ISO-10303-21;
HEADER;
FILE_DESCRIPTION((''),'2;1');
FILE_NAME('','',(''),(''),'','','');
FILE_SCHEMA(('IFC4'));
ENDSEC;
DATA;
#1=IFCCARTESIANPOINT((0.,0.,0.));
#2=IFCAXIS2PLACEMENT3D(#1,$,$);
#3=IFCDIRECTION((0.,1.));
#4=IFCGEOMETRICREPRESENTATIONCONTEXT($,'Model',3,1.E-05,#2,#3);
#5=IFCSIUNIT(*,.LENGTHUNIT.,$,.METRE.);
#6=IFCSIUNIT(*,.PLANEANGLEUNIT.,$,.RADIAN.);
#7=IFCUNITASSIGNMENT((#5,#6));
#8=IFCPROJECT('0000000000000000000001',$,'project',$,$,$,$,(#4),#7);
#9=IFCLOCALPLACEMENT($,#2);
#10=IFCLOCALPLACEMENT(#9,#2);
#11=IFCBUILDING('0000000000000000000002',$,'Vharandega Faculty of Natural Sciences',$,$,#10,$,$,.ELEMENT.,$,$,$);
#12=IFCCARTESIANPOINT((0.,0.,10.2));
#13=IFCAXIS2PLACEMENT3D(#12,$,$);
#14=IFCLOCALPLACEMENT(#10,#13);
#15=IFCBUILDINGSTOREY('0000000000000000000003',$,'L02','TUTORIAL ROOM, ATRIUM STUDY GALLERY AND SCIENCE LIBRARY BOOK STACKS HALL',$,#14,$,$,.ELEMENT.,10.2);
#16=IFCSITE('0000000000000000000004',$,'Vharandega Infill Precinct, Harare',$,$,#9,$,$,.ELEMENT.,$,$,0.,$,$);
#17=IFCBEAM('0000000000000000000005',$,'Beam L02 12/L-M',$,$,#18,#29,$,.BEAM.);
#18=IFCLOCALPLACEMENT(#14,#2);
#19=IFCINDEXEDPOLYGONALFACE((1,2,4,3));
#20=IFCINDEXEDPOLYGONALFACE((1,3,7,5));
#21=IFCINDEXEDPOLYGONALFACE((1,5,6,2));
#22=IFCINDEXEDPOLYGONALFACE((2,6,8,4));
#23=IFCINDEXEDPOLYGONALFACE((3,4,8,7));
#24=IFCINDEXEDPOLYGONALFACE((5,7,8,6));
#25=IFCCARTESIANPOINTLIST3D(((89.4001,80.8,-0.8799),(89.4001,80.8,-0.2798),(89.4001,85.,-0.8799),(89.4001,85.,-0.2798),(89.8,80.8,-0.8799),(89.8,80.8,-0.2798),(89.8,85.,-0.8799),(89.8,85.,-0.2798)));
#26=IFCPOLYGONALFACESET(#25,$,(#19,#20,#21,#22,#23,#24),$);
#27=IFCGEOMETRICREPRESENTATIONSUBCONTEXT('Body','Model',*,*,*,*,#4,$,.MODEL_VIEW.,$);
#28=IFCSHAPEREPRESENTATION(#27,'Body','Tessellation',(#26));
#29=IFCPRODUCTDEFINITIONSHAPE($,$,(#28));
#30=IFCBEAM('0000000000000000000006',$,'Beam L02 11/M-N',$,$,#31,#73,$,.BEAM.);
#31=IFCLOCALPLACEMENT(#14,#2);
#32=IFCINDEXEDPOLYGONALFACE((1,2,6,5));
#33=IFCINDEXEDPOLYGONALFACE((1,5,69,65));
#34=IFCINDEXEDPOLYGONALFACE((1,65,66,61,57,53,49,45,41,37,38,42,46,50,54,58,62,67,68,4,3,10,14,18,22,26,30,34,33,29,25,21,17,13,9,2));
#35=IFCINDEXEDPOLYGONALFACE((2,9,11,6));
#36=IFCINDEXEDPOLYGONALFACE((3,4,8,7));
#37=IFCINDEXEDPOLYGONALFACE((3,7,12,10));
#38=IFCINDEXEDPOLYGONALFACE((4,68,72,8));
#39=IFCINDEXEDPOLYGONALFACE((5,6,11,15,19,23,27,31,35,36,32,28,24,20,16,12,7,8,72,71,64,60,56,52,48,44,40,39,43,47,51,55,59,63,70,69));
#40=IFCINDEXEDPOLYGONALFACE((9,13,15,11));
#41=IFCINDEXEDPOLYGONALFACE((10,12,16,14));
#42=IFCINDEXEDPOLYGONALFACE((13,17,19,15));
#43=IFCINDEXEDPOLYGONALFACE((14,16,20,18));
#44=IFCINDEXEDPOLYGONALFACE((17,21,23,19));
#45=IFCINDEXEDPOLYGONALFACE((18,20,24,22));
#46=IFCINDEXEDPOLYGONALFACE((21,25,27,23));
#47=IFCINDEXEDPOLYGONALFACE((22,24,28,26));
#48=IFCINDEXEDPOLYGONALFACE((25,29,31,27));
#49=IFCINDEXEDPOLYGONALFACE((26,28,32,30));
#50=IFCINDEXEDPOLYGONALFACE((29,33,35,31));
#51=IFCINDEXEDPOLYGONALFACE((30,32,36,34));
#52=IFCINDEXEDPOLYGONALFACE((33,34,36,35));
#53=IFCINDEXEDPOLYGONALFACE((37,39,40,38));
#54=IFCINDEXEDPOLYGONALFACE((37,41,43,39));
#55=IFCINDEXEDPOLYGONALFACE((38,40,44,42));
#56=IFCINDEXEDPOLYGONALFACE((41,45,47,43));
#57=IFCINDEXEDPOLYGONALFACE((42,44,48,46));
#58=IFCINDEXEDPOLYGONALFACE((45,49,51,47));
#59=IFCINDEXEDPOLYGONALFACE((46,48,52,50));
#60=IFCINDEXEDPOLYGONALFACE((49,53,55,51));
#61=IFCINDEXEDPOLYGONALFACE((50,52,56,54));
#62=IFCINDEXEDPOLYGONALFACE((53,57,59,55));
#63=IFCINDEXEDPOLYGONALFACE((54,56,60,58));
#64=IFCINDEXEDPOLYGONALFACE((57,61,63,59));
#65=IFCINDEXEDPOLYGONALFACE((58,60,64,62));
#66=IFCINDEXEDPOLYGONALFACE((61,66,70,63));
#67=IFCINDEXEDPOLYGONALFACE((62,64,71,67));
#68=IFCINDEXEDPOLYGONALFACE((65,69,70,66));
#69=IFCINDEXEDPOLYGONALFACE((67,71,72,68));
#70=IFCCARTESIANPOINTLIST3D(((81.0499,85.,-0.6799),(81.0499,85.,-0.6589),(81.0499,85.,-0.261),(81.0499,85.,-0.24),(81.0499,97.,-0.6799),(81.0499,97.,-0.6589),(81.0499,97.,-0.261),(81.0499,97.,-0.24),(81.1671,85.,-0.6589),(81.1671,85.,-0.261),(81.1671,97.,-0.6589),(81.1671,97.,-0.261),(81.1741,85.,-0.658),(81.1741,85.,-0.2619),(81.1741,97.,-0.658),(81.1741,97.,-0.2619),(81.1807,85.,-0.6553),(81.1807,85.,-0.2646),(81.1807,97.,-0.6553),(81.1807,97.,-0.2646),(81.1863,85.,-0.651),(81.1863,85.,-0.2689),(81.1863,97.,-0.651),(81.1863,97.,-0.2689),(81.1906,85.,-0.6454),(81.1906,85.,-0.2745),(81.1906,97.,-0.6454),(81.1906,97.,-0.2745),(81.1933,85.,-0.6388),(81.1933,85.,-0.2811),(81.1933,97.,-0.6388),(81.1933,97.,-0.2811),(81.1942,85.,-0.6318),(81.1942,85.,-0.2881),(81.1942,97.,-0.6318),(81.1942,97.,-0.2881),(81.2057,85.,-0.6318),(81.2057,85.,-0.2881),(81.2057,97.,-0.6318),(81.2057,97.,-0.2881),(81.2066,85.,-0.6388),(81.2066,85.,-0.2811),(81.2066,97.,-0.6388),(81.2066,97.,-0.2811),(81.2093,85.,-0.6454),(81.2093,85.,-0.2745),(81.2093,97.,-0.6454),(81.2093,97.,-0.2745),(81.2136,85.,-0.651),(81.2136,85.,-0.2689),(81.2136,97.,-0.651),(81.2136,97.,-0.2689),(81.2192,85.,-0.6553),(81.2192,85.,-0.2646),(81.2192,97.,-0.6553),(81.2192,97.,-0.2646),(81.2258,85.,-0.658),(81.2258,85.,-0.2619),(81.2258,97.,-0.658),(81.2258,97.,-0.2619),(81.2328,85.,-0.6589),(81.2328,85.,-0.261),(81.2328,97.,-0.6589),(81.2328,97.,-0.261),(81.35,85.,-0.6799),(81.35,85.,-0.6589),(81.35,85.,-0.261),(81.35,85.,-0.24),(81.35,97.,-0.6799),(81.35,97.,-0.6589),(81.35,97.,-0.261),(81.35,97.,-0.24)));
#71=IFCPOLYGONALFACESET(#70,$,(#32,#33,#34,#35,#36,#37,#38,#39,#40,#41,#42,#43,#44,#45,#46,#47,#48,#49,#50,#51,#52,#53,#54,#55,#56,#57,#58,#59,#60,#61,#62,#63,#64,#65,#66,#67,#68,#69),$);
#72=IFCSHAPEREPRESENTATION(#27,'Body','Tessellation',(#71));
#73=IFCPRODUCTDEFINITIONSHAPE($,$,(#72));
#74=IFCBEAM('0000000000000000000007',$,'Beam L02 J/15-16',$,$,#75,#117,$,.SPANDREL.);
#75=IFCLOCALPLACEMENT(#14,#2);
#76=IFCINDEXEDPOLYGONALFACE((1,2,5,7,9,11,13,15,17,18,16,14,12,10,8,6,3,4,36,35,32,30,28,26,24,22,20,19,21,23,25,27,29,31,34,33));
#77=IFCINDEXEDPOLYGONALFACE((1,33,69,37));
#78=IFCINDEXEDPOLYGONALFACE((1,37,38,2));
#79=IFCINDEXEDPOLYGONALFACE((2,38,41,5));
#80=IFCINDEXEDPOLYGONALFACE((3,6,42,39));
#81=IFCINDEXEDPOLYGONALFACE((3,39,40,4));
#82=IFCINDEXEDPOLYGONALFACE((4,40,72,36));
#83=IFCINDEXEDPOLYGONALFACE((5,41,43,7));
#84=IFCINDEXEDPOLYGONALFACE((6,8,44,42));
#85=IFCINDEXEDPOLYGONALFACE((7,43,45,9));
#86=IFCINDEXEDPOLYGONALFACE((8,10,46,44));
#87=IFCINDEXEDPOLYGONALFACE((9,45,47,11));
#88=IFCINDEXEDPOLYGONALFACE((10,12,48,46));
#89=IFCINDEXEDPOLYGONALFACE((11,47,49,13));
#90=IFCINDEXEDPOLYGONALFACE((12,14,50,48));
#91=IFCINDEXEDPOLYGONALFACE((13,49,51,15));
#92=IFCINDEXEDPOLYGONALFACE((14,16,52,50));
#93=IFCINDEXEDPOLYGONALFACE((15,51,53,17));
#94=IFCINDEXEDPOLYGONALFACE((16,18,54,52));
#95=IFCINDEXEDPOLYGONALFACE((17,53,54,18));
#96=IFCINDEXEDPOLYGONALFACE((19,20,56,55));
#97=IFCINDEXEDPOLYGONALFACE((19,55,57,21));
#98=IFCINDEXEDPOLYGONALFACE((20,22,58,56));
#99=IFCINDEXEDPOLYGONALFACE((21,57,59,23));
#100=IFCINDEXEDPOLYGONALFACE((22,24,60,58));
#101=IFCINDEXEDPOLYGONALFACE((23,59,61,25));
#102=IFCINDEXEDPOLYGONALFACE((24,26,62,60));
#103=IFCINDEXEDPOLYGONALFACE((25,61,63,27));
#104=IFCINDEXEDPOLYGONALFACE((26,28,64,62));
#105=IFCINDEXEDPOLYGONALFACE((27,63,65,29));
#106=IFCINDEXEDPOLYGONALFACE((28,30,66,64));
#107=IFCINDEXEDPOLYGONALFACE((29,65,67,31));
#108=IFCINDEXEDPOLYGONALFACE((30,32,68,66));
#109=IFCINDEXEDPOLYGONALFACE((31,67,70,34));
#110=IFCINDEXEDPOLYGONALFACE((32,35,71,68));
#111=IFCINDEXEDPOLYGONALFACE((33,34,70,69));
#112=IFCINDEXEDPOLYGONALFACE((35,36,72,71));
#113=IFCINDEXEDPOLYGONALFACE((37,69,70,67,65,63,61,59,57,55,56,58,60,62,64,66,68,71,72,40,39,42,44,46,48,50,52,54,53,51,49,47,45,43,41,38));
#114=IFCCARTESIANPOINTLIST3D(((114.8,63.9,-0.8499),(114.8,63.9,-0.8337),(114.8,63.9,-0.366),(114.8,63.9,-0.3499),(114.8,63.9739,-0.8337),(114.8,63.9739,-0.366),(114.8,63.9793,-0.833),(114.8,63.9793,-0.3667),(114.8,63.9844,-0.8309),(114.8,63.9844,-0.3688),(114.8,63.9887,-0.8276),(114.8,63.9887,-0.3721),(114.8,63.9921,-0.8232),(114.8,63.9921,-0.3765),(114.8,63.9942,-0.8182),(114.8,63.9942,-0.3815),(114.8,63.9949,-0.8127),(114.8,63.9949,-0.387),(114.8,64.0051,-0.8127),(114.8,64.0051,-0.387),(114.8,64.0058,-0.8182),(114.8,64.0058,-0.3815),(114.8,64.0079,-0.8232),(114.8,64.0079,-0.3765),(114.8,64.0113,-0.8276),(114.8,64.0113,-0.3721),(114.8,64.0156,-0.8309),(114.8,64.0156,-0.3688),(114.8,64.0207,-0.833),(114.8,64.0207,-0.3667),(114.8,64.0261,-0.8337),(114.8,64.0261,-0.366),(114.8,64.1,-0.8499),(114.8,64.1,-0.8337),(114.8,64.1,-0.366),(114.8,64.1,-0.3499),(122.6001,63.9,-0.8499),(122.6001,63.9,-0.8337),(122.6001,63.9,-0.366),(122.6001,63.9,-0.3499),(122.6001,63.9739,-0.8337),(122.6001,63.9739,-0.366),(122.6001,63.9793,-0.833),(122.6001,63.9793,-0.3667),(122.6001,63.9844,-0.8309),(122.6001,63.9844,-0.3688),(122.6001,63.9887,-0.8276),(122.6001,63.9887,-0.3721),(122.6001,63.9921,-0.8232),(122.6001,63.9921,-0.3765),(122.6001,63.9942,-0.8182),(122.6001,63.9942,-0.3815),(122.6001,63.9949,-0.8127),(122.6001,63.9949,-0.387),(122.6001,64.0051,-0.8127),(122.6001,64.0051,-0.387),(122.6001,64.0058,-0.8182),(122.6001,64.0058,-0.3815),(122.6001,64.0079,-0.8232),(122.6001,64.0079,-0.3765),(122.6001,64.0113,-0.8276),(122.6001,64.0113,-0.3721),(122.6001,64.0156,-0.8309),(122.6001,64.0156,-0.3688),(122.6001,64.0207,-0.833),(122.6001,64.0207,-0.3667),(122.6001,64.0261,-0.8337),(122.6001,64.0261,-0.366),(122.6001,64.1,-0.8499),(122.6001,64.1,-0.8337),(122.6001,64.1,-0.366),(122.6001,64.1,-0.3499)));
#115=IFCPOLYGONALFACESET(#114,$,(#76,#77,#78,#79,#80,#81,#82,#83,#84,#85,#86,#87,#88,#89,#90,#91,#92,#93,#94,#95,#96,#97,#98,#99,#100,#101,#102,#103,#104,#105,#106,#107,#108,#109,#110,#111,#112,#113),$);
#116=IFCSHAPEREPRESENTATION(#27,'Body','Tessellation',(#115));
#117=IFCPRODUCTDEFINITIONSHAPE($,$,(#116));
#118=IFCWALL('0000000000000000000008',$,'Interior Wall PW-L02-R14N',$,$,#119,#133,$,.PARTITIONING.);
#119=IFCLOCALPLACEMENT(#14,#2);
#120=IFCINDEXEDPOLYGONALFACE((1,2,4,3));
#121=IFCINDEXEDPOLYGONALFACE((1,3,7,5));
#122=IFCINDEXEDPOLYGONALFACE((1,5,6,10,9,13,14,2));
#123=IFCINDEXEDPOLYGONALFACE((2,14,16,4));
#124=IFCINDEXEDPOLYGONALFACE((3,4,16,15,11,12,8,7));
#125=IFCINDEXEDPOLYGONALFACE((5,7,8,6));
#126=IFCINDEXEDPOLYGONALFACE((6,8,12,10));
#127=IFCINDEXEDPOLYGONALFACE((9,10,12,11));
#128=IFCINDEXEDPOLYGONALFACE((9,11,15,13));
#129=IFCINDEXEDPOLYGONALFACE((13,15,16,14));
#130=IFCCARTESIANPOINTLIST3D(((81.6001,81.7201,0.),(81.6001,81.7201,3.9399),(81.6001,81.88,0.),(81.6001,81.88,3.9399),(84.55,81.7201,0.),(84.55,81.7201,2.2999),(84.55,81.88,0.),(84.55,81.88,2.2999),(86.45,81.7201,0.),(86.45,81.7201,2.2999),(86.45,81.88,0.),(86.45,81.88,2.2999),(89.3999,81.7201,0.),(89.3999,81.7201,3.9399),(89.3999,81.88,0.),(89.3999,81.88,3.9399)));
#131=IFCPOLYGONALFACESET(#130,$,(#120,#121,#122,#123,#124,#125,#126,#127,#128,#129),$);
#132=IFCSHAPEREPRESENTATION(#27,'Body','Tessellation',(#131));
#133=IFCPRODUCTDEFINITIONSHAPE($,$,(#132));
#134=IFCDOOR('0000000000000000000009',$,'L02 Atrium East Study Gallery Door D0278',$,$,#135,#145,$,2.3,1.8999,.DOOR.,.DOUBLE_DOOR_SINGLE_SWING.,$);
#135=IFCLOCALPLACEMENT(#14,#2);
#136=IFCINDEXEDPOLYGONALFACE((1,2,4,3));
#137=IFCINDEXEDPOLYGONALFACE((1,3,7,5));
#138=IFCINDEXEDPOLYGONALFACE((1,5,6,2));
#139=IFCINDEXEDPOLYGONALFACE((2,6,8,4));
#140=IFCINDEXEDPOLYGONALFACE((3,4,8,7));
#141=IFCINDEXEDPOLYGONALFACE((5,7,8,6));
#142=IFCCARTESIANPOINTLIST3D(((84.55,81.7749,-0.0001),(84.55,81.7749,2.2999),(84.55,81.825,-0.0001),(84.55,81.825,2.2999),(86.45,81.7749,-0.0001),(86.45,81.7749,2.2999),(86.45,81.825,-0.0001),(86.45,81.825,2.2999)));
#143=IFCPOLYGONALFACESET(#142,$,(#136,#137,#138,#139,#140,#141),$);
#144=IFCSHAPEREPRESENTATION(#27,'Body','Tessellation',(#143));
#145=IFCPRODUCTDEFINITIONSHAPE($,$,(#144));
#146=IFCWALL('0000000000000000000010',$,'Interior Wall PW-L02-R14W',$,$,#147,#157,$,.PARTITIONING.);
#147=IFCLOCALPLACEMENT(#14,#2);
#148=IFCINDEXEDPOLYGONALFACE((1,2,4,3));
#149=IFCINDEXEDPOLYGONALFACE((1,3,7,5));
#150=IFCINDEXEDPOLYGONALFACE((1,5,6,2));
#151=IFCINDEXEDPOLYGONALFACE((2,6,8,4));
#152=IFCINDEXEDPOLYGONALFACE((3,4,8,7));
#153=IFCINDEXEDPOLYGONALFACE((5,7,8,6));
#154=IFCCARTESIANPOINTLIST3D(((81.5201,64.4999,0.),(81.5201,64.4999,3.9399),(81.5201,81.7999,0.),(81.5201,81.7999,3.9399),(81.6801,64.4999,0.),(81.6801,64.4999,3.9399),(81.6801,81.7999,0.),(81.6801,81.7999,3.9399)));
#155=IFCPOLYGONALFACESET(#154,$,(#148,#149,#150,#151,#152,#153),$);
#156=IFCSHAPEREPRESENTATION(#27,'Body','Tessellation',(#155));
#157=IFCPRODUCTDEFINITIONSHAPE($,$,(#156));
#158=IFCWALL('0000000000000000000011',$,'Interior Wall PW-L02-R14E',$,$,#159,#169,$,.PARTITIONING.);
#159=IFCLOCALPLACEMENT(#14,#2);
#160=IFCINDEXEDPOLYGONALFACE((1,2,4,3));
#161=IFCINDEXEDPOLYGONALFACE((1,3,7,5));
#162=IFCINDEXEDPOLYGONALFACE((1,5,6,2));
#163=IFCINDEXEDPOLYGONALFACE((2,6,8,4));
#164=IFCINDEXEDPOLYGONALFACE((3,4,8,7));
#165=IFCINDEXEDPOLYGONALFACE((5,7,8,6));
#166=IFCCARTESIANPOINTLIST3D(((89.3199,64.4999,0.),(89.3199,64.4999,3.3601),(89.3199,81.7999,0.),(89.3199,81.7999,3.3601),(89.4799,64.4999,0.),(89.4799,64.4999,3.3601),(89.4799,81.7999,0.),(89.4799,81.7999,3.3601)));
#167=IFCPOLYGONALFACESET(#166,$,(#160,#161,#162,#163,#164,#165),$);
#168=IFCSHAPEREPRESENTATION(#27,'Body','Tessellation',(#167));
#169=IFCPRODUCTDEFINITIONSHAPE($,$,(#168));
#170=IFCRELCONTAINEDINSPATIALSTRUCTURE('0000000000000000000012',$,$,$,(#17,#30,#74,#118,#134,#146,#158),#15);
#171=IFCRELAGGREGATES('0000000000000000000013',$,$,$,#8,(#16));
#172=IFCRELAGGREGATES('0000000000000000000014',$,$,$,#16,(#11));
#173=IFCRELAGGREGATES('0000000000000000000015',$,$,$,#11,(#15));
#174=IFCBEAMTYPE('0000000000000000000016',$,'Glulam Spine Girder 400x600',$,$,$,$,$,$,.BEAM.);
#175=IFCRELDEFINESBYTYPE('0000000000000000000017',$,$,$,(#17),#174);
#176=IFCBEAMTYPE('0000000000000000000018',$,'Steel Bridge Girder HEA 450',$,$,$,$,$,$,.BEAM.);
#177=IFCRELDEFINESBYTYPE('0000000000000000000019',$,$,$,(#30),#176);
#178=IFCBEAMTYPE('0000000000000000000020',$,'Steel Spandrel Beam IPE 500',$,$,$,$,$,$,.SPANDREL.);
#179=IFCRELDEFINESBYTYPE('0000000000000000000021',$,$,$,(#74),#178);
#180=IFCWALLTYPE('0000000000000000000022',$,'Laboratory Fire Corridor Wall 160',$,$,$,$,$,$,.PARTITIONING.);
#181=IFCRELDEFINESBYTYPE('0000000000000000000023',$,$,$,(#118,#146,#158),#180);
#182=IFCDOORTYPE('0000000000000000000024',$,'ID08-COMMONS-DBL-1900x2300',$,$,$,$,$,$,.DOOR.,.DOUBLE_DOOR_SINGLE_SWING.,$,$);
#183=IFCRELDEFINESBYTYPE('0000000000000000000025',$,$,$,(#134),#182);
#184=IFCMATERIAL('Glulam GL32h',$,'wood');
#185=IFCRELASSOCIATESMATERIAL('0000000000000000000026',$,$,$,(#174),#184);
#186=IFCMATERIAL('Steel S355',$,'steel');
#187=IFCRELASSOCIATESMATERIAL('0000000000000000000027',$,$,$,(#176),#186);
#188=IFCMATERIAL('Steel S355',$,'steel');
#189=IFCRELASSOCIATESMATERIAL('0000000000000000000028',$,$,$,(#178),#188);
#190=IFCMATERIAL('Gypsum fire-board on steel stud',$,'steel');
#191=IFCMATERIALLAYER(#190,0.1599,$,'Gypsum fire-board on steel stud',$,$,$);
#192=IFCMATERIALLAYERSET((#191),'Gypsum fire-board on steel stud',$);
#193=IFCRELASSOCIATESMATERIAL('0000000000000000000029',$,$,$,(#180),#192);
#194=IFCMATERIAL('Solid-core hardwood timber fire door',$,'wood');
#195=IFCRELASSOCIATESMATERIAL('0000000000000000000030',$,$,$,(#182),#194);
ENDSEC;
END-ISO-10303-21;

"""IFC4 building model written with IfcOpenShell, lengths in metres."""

from ifc_helpers import new_model, si_unit, direction, frame, frame_2d, origin, origin_2d, place, context, subcontext, project, spatial, rectangle, i_section, extrude, material, layer, layer_set, material_profile, profile_set, type_object, element, fill, save


model = new_model("IFC4")

# Units and contexts
model_context = context("Model", 3, precision=1e-05, world=origin(), true_north=direction((0.0, 1.0)))
body_context = subcontext(model_context, "Body", "Model", "MODEL_VIEW")
ifc_project = project(units=[si_unit("LENGTHUNIT", "METRE"), si_unit("PLANEANGLEUNIT", "RADIAN")], contexts=[model_context])

# Site, building, storey
site_placement = place(None, origin())
site = spatial("IfcSite", under=ifc_project, at=site_placement, Name="Vharandega Infill Precinct, Harare", CompositionType="ELEMENT", RefElevation=0.0)
building_placement = place(site_placement, origin())
building = spatial("IfcBuilding", under=site, at=building_placement, Name="Vharandega Faculty of Natural Sciences", CompositionType="ELEMENT")
storey_placement = place(building_placement, frame((0.0, 0.0, 10.2)))
storey = spatial("IfcBuildingStorey", under=building, at=storey_placement, Name="L02", Description="TUTORIAL ROOM, ATRIUM STUDY GALLERY AND SCIENCE LIBRARY BOOK STACKS HALL", CompositionType="ELEMENT", Elevation=10.2)

# Beams
ifc_material_1 = material(Name="Glulam GL32h", Category="wood")
ifc_material_profile_1 = material_profile(ifc_material_1, rectangle(XDim=0.3999, YDim=0.6001, at=origin_2d()), Name="GL32h 400x600")
ifc_profile_set_1 = profile_set([ifc_material_profile_1], Name="Glulam GL32h")
beam_type_1 = type_object("IfcBeamType", Name="Glulam Spine Girder 400x600", PredefinedType="BEAM", material=ifc_profile_set_1)
beam_1_placement = place(storey_placement, frame((89.6001, 80.8, -0.5798), z_axis=(0.0, 1.0, 0.0), x_axis=(-1.0, 0.0, 0.0)))
element("IfcBeam", 1, at=beam_1_placement, inside=storey, type_object=beam_type_1, Name="Beam L02 12/L-M", PredefinedType="BEAM", context=body_context, shape_type="SweptSolid", body=[
    extrude(rectangle(XDim=0.3999, YDim=0.6001, at=origin_2d()), origin(), (0.0, 0.0, 1.0), 4.2),
])
ifc_material_2 = material(Name="Steel S355", Category="steel")
ifc_material_profile_2 = material_profile(ifc_material_2, i_section(OverallWidth=0.3, OverallDepth=0.4399, WebThickness=0.0115, FlangeThickness=0.021, FilletRadius=0.0271, at=origin_2d()), Name="HEA 450")
ifc_profile_set_2 = profile_set([ifc_material_profile_2], Name="Steel S355")
beam_type_2 = type_object("IfcBeamType", Name="Steel Bridge Girder HEA 450", PredefinedType="BEAM", material=ifc_profile_set_2)
beam_2_placement = place(storey_placement, frame((81.2, 85.0, -0.46), z_axis=(0.0, 1.0, 0.0), x_axis=(-1.0, 0.0, 0.0)))
element("IfcBeam", 2, at=beam_2_placement, inside=storey, type_object=beam_type_2, Name="Beam L02 11/M-N", PredefinedType="BEAM", context=body_context, shape_type="SweptSolid", body=[
    extrude(i_section(OverallWidth=0.3, OverallDepth=0.4399, WebThickness=0.0115, FlangeThickness=0.021, FilletRadius=0.0271, at=origin_2d()), origin(), (0.0, 0.0, 1.0), 12.0),
])
ifc_material_3 = material(Name="Steel S355", Category="steel")
ifc_material_profile_3 = material_profile(ifc_material_3, i_section(OverallWidth=0.2, OverallDepth=0.5, WebThickness=0.0103, FlangeThickness=0.0161, FilletRadius=0.021, at=origin_2d()), Name="IPE 500")
ifc_profile_set_3 = profile_set([ifc_material_profile_3], Name="Steel S355")
beam_type_3 = type_object("IfcBeamType", Name="Steel Spandrel Beam IPE 500", PredefinedType="SPANDREL", material=ifc_profile_set_3)
beam_3_placement = place(storey_placement, frame((114.8, 64.0, -0.5999), z_axis=(1.0, 0.0, 0.0), x_axis=(0.0, 1.0, 0.0)))
element("IfcBeam", 3, at=beam_3_placement, inside=storey, type_object=beam_type_3, Name="Beam L02 J/15-16", PredefinedType="SPANDREL", context=body_context, shape_type="SweptSolid", body=[
    extrude(i_section(OverallWidth=0.2, OverallDepth=0.5, WebThickness=0.0103, FlangeThickness=0.0161, FilletRadius=0.021, at=origin_2d()), origin(), (0.0, 0.0, 1.0), 7.8),
])

# Wall, opening, door
ifc_material_4 = material(Name="Gypsum fire-board on steel stud", Category="steel")
ifc_layer = layer(ifc_material_4, 0.1599, Name="Gypsum fire-board on steel stud")
ifc_layer_set = layer_set([ifc_layer], Name="Gypsum fire-board on steel stud")
wall_type = type_object("IfcWallType", Name="Laboratory Fire Corridor Wall 160", PredefinedType="PARTITIONING", material=ifc_layer_set)
wall_1_placement = place(storey_placement, frame((81.6001, 81.8, 0.0), z_axis=(0.0, 0.0, 1.0), x_axis=(1.0, 0.0, 0.0)))
wall_1 = element("IfcWall", 4, at=wall_1_placement, inside=storey, type_object=wall_type, Name="Interior Wall PW-L02-R14N", PredefinedType="PARTITIONING", context=body_context, shape_type="SweptSolid", body=[
    extrude(rectangle(XDim=7.7998, YDim=0.1599, at=frame_2d((3.8999, 0.0))), origin(), (0.0, 0.0, 1.0), 3.9399),
])
opening_placement = place(wall_1_placement, frame((2.95, 0.0, 0.0)))
opening = element("IfcOpeningElement", 5, at=opening_placement, cuts=wall_1, PredefinedType="OPENING", context=body_context, shape_type="SweptSolid", body=[
    extrude(rectangle(XDim=1.8999, YDim=2.3, at=frame_2d((0.95, 1.1499))), frame((0.0, 0.0898, 0.0), z_axis=(0.0, -1.0, 0.0), x_axis=(1.0, 0.0, 0.0)), (0.0, 0.0, 1.0), 0.1799),
])
ifc_material_5 = material(Name="Solid-core hardwood timber fire door", Category="wood")
door_type = type_object("IfcDoorType", Name="ID08-COMMONS-DBL-1900x2300", OperationType="DOUBLE_DOOR_SINGLE_SWING", PredefinedType="DOOR", material=ifc_material_5)
door_placement = place(opening_placement, origin())
door = element("IfcDoor", 6, at=door_placement, inside=storey, type_object=door_type, Name="L02 Atrium East Study Gallery Door D0278", OperationType="DOUBLE_DOOR_SINGLE_SWING", OverallHeight=2.3, OverallWidth=1.8999, PredefinedType="DOOR", context=body_context, shape_type="SweptSolid", body=[
    extrude(rectangle(XDim=1.8999, YDim=2.3, at=frame_2d((0.95, 1.1499))), frame((0.0, 0.0249, 0.0), z_axis=(0.0, -1.0, 0.0), x_axis=(1.0, 0.0, 0.0)), (0.0, 0.0, 1.0), 0.05),
])
fill(opening, door)

# Walls
wall_2_placement = place(storey_placement, frame((81.6001, 64.5, 0.0), z_axis=(0.0, 0.0, 1.0), x_axis=(0.0, 1.0, 0.0)))
element("IfcWall", 7, at=wall_2_placement, inside=storey, type_object=wall_type, Name="Interior Wall PW-L02-R14W", PredefinedType="PARTITIONING", context=body_context, shape_type="SweptSolid", body=[
    extrude(rectangle(XDim=17.3, YDim=0.1599, at=frame_2d((8.6499, 0.0))), origin(), (0.0, 0.0, 1.0), 3.9399),
])
wall_3_placement = place(storey_placement, frame((89.3999, 64.5, 0.0), z_axis=(0.0, 0.0, 1.0), x_axis=(0.0, 1.0, 0.0)))
element("IfcWall", 8, at=wall_3_placement, inside=storey, type_object=wall_type, Name="Interior Wall PW-L02-R14E", PredefinedType="PARTITIONING", context=body_context, shape_type="SweptSolid", body=[
    extrude(rectangle(XDim=17.3, YDim=0.1599, at=frame_2d((8.6499, 0.0))), origin(), (0.0, 0.0, 1.0), 3.3601),
])

save(model, "model.ifc")
